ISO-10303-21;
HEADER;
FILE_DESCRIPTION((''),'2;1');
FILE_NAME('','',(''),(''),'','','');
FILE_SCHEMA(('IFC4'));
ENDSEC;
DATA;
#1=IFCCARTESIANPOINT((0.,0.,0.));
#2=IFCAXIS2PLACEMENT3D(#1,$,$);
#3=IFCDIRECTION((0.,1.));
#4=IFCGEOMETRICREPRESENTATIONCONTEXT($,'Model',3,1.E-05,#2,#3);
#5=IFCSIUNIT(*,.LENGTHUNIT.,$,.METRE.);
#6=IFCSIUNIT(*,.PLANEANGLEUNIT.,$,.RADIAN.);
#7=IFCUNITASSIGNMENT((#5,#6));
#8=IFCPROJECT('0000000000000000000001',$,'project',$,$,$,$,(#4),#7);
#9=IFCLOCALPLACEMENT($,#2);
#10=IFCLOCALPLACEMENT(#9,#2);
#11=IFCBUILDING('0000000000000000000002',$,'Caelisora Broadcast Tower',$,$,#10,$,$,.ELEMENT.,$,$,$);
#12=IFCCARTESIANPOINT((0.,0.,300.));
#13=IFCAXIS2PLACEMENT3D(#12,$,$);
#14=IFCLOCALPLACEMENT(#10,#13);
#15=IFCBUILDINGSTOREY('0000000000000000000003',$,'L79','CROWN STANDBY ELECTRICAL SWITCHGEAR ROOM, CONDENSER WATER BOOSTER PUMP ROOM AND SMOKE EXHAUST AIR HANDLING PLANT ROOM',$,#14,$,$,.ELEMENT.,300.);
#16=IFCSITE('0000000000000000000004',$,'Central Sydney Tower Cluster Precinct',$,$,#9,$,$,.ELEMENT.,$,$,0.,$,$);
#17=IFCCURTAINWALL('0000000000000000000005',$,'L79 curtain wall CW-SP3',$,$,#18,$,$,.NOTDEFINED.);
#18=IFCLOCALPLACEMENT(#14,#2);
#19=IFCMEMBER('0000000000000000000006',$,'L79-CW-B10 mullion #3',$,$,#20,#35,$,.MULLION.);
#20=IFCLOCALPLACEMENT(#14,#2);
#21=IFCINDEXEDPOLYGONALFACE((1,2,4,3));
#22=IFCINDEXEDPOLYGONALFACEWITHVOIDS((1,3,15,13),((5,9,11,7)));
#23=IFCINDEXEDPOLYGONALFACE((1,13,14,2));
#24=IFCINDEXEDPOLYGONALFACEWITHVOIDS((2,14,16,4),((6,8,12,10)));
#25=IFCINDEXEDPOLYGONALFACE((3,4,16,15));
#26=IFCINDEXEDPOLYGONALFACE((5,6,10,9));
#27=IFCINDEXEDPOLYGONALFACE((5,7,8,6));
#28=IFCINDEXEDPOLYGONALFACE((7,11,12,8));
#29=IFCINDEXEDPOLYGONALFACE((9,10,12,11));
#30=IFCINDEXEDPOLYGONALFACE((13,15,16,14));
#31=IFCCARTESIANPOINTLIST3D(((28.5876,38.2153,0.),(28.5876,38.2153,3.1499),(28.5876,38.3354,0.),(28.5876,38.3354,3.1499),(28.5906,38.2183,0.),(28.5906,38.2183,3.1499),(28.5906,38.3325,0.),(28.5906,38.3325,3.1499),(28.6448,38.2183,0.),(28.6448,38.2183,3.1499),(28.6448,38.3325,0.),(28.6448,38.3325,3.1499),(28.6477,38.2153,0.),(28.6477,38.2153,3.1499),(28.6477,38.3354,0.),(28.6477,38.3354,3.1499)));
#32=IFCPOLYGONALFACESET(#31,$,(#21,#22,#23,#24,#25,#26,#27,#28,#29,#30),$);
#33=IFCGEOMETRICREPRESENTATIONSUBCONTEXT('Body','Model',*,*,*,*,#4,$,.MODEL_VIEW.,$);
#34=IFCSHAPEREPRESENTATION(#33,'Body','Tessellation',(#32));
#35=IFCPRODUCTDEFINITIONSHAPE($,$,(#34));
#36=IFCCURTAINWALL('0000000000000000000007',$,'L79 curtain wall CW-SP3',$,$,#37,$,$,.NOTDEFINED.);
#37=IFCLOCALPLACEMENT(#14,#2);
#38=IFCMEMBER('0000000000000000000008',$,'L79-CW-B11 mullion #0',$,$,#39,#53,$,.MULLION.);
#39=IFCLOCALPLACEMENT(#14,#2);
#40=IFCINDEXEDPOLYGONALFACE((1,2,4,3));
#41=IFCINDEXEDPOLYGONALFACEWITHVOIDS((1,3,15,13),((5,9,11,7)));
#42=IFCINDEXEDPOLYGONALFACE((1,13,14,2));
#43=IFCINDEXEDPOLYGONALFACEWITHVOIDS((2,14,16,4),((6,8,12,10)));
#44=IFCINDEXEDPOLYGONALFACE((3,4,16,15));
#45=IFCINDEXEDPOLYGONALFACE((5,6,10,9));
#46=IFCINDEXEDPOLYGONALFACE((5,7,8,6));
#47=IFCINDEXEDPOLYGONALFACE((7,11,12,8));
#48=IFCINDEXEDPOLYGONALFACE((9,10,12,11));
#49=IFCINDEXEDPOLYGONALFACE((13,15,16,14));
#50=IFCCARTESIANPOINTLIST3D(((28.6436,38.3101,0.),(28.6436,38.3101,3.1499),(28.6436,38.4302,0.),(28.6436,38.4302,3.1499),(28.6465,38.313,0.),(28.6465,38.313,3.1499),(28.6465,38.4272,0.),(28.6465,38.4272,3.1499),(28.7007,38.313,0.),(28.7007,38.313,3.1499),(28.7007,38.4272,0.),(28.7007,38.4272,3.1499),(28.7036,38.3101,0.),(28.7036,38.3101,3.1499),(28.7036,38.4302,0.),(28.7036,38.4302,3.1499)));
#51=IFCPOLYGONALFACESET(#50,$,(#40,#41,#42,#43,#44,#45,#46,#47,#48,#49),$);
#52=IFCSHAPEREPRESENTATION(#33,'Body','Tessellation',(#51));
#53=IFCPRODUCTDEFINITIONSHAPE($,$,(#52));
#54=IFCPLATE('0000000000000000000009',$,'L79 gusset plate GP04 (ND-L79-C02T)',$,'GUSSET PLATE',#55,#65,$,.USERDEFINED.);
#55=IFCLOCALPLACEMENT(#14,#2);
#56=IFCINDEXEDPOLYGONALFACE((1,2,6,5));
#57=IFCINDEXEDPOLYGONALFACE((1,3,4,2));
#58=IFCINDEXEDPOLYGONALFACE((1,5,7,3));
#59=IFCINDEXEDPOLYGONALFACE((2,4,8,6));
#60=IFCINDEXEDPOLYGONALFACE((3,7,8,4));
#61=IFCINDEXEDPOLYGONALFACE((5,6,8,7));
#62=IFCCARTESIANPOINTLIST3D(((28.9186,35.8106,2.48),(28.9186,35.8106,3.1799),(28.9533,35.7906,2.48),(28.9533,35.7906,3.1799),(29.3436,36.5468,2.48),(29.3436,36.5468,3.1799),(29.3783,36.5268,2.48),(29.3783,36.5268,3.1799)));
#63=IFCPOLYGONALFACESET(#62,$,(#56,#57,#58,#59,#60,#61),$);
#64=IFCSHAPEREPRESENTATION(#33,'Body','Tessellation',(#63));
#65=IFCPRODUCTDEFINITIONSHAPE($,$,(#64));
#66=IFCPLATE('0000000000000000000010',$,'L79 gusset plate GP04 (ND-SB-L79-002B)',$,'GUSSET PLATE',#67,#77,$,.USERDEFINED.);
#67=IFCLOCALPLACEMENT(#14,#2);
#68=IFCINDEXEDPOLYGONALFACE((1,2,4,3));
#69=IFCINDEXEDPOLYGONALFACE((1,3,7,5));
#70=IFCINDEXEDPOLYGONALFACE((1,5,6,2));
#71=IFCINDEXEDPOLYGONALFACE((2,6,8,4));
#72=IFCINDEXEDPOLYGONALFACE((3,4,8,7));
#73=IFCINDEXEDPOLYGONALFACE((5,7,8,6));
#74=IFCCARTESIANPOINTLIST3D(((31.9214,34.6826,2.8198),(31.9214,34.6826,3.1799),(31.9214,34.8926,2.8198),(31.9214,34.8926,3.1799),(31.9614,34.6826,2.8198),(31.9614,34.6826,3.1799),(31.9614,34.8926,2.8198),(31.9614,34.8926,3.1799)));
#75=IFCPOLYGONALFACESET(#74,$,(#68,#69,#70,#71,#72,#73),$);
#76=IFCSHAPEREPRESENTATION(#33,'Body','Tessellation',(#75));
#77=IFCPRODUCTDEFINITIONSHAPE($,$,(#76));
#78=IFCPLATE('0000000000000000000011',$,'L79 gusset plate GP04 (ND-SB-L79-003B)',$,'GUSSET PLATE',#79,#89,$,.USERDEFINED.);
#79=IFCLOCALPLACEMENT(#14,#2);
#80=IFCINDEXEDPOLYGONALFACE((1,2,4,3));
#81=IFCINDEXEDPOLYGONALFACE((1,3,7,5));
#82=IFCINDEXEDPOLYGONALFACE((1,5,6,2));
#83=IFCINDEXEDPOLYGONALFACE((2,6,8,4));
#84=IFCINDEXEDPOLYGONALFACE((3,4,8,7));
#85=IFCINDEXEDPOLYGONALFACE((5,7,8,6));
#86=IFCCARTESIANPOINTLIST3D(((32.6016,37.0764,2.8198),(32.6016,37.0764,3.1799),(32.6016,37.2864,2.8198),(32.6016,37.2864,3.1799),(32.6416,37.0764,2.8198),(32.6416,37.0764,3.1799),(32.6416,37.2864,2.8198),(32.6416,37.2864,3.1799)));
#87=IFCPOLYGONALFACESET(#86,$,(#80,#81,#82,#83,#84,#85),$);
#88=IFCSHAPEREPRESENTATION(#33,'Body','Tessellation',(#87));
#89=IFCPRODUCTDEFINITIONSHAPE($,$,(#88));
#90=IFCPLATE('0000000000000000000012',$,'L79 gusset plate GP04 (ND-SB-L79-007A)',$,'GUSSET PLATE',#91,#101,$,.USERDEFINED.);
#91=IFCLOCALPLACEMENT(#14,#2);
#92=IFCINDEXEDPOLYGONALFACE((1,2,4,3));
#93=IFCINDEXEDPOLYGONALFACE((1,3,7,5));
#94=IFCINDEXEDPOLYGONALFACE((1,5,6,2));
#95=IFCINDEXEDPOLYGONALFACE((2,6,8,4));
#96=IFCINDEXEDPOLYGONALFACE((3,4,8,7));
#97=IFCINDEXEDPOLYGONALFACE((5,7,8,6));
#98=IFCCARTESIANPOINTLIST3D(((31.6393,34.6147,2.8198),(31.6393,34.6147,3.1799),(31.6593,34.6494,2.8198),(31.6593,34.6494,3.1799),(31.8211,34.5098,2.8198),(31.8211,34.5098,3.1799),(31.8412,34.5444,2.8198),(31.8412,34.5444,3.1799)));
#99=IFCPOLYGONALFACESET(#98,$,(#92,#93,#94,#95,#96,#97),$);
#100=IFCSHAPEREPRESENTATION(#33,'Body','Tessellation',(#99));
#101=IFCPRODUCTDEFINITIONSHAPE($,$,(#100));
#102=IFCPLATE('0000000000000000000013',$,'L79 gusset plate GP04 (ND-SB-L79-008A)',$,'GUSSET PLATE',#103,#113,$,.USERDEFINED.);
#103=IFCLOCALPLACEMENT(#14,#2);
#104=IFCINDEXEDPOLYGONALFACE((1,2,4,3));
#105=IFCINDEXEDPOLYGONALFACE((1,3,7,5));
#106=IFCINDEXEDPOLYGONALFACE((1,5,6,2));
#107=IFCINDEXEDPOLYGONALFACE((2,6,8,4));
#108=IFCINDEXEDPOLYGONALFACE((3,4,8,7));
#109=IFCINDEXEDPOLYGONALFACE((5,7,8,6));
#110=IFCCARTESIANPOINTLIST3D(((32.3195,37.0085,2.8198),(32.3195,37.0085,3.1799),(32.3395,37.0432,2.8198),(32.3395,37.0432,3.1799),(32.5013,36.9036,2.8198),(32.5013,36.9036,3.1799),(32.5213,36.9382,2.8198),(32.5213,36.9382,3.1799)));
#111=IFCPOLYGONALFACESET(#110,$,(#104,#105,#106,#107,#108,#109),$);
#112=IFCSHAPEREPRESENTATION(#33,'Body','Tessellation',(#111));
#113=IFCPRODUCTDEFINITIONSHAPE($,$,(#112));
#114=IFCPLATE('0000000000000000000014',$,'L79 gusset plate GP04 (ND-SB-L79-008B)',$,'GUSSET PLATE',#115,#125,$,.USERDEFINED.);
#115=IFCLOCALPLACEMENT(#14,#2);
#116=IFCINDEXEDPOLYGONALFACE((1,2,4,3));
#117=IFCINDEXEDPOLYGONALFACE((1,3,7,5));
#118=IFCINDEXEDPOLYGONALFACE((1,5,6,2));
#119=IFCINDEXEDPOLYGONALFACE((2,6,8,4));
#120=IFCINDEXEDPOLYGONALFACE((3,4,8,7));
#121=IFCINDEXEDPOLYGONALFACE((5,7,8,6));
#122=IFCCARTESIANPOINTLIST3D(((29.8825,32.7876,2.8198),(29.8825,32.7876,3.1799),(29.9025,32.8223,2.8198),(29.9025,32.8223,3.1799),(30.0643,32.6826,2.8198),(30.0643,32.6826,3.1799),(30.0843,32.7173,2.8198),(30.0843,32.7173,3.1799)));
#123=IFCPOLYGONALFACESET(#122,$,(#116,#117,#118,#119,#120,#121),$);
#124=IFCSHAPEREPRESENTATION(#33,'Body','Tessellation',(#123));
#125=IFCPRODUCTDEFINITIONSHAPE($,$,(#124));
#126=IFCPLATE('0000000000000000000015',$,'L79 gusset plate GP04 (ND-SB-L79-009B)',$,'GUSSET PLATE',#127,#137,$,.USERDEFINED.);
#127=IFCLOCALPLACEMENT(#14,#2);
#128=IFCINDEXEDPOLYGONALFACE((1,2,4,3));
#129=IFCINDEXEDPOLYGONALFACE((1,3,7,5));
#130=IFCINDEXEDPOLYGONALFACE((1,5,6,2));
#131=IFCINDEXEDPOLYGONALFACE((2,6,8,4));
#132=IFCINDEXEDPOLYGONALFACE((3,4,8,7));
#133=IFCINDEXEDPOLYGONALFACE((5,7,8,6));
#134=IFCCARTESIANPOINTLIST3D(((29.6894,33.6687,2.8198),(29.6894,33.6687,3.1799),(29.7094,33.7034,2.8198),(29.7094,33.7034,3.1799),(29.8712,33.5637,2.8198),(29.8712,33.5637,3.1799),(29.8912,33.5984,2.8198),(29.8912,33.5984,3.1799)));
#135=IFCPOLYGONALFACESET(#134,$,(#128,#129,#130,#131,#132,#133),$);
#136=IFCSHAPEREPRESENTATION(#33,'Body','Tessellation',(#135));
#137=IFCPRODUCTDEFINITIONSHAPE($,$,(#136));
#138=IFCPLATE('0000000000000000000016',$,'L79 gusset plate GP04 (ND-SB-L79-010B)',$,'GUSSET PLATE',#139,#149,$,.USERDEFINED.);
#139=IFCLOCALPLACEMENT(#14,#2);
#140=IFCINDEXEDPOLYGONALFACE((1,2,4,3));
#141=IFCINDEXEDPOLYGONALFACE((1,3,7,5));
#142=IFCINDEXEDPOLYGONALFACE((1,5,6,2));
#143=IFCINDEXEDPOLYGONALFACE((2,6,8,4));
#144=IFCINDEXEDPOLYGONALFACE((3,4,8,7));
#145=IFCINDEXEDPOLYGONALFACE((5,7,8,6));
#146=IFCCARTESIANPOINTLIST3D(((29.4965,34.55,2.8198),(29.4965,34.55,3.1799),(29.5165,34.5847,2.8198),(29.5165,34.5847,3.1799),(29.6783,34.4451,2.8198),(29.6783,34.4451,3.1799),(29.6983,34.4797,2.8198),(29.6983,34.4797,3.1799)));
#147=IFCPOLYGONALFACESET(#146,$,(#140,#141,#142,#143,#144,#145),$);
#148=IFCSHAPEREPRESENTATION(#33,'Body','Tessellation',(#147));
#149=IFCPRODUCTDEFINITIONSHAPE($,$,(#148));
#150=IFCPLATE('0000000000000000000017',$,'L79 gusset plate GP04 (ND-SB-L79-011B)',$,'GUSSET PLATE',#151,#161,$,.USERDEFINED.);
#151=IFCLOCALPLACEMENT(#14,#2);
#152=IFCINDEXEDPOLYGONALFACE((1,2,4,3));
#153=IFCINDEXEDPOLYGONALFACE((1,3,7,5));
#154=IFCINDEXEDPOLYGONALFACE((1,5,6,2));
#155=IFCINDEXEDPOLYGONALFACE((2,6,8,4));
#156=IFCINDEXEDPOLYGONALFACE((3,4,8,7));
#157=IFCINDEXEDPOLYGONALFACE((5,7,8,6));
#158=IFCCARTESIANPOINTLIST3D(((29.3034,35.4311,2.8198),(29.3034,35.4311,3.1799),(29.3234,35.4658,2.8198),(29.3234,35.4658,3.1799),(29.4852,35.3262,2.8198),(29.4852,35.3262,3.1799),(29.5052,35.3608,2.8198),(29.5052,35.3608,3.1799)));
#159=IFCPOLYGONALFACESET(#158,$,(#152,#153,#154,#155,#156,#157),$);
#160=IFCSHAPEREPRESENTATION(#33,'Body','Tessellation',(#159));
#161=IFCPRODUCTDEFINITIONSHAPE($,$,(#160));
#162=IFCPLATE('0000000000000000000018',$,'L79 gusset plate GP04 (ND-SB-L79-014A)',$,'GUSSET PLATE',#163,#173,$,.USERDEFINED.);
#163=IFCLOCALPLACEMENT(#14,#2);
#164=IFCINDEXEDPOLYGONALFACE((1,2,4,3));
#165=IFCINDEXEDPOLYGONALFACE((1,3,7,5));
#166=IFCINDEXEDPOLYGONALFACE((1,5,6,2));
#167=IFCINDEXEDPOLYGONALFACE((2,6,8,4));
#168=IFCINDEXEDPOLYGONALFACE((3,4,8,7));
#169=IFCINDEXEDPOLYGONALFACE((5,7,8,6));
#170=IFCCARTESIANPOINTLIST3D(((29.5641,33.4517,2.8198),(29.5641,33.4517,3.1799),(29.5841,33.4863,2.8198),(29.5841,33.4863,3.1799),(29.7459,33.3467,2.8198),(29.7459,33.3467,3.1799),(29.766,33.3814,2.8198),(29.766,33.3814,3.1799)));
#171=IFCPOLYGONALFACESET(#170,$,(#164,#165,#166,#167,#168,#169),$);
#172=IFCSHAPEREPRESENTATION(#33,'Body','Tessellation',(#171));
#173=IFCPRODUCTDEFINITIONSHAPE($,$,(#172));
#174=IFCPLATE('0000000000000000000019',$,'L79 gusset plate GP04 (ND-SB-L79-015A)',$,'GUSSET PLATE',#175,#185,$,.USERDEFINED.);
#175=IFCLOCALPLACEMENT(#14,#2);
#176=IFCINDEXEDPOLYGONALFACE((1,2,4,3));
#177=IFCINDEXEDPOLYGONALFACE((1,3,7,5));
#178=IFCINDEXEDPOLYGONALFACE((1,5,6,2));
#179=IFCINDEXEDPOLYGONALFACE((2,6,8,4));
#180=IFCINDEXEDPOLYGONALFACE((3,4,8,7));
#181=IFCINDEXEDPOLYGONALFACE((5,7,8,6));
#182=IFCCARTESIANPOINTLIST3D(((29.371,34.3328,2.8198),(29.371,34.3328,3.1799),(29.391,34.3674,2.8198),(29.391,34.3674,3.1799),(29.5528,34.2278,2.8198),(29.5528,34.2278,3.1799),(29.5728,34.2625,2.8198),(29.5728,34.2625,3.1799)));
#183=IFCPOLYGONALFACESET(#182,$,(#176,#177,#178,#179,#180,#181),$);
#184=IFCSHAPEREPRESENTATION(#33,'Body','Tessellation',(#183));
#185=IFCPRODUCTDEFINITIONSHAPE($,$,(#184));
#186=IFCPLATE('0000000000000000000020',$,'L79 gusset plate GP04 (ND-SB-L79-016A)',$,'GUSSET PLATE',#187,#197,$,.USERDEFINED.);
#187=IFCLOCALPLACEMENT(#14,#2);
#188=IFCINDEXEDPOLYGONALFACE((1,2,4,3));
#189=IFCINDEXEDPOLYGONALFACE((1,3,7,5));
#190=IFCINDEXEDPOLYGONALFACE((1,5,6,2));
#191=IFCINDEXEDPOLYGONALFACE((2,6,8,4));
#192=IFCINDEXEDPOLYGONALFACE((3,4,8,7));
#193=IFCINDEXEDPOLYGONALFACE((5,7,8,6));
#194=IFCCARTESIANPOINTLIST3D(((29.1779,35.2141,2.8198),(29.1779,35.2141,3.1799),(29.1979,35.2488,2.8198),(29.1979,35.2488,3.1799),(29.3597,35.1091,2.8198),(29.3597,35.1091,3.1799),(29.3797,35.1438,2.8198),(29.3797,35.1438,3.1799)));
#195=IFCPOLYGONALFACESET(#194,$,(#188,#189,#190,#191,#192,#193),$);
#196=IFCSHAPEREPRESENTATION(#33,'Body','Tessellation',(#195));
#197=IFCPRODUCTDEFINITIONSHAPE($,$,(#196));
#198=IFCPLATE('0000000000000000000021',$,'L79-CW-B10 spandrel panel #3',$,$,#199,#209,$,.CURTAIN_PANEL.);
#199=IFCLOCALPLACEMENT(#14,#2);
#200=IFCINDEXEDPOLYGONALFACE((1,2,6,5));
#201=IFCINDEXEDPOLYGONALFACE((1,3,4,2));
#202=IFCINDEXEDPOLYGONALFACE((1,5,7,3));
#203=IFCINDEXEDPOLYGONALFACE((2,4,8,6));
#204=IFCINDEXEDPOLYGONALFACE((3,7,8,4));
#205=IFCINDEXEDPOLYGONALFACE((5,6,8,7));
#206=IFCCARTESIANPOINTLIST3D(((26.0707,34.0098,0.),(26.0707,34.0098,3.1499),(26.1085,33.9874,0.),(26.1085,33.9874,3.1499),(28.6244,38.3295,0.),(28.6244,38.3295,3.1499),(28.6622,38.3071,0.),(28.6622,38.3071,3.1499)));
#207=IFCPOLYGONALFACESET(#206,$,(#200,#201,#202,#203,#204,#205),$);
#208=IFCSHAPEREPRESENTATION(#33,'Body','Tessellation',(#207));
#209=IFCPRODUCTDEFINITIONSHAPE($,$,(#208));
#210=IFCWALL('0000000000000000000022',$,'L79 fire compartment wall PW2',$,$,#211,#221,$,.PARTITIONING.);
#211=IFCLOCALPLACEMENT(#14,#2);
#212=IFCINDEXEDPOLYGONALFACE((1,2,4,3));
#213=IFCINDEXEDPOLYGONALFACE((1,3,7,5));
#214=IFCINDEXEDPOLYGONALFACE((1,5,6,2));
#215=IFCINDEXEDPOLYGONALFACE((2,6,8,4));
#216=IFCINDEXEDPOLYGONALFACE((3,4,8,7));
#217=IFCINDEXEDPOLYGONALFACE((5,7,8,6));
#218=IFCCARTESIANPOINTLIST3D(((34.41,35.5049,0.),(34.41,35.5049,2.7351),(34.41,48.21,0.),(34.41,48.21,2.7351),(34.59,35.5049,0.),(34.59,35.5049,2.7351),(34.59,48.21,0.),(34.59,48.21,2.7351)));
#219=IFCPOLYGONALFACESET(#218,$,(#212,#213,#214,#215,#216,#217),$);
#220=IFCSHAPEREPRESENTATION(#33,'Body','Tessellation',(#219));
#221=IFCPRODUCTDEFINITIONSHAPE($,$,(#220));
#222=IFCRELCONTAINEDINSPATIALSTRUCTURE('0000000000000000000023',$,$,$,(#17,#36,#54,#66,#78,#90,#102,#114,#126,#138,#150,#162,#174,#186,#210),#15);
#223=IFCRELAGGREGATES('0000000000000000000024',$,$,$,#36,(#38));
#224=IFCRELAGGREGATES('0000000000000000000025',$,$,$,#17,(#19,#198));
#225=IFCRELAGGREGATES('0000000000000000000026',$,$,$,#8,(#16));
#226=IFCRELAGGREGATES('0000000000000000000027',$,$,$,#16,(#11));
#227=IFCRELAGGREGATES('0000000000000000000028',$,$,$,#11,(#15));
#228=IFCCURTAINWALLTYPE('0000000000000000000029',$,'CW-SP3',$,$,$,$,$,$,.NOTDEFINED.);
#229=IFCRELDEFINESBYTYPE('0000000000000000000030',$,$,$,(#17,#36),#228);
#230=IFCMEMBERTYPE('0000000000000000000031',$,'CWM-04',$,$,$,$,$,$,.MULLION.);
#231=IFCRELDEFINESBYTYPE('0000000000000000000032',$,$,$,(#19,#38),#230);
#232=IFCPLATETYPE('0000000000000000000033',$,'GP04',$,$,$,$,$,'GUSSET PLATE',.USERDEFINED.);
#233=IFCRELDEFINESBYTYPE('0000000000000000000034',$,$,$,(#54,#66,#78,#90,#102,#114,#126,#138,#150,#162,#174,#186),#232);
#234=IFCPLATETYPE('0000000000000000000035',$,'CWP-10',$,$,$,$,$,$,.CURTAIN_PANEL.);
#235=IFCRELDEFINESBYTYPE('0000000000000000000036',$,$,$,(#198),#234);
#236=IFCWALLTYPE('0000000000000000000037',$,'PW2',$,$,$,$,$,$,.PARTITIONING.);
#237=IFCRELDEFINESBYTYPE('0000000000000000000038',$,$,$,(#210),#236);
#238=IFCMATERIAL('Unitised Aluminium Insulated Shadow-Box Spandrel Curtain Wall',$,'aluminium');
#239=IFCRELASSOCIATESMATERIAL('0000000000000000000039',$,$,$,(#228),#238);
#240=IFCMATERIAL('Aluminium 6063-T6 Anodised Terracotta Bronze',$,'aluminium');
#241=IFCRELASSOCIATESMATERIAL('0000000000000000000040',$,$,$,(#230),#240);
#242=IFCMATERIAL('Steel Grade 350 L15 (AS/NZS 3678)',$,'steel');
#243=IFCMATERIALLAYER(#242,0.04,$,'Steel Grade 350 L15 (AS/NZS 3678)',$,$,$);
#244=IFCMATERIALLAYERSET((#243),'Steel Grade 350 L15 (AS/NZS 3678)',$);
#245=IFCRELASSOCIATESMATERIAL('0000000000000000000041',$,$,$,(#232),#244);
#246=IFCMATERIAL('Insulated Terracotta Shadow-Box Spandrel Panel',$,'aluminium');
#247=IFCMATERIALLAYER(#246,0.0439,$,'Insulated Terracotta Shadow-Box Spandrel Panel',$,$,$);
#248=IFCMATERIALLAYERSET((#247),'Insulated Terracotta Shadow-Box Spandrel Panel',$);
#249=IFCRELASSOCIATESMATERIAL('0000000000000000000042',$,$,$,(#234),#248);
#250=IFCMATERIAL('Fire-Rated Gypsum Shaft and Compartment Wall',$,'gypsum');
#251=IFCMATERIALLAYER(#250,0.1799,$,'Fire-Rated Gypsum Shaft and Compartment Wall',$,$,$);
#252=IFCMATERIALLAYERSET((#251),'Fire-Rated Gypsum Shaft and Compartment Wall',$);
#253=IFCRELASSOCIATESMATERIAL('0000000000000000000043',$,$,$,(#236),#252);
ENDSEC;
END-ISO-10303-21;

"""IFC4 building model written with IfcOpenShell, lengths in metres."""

from ifc_helpers import new_model, si_unit, direction, frame, frame_2d, origin, origin_2d, place, context, subcontext, project, spatial, rectangle, hollow_rectangle, extrude, source, transform, mapped, material, layer, layer_set, material_profile, profile_set, type_object, type_shapes, element, aggregate, save


model = new_model("IFC4")

# Units and contexts
model_context = context("Model", 3, precision=1e-05, world=origin(), true_north=direction((0.0, 1.0)))
body_context = subcontext(model_context, "Body", "Model", "MODEL_VIEW")
ifc_project = project(units=[si_unit("LENGTHUNIT", "METRE"), si_unit("PLANEANGLEUNIT", "RADIAN")], contexts=[model_context])

# Site, building, storey
site_placement = place(None, origin())
site = spatial("IfcSite", under=ifc_project, at=site_placement, Name="Central Sydney Tower Cluster Precinct", CompositionType="ELEMENT", RefElevation=0.0)
building_placement = place(site_placement, origin())
building = spatial("IfcBuilding", under=site, at=building_placement, Name="Caelisora Broadcast Tower", CompositionType="ELEMENT")
storey_placement = place(building_placement, frame((0.0, 0.0, 300.0)))
storey = spatial("IfcBuildingStorey", under=building, at=storey_placement, Name="L79", Description="CROWN STANDBY ELECTRICAL SWITCHGEAR ROOM, CONDENSER WATER BOOSTER PUMP ROOM AND SMOKE EXHAUST AIR HANDLING PLANT ROOM", CompositionType="ELEMENT", Elevation=300.0)

# Curtain wall, member
ifc_material_1 = material(Name="Unitised Aluminium Insulated Shadow-Box Spandrel Curtain Wall", Category="aluminium")
curtain_wall_type = type_object("IfcCurtainWallType", Name="CW-SP3", PredefinedType="NOTDEFINED", material=ifc_material_1)
curtain_wall_1_placement = place(storey_placement, origin())
curtain_wall_1 = element("IfcCurtainWall", 1, at=curtain_wall_1_placement, inside=storey, type_object=curtain_wall_type, Name="L79 curtain wall CW-SP3", PredefinedType="NOTDEFINED")
ifc_material_2 = material(Name="Aluminium 6063-T6 Anodised Terracotta Bronze", Category="aluminium")
ifc_material_profile_1 = material_profile(ifc_material_2, hollow_rectangle(XDim=0.0601, YDim=0.1201, WallThickness=0.0029, at=origin_2d()), Name="Aluminium 6063-T6 Anodised Terracotta Bronze")
ifc_profile_set_1 = profile_set([ifc_material_profile_1], Name="Aluminium 6063-T6 Anodised Terracotta Bronze")
member_type_1 = type_object("IfcMemberType", Name="CWM-04", PredefinedType="MULLION", material=ifc_profile_set_1)
shared_shape_1 = source(origin(), body_context, "Body", "SweptSolid", [
    extrude(hollow_rectangle(XDim=0.0601, YDim=0.1201, WallThickness=0.0029, at=origin_2d()), origin(), (0.0, 0.0, 1.0), 3.1499),
])
type_shapes(member_type_1, [shared_shape_1])
member_1_placement = place(storey_placement, frame((28.6177, 38.2754, 0.0), z_axis=(0.0, 0.0, 1.0), x_axis=(1.0, 0.0, 0.0)))
member_1 = element("IfcMember", 2, at=member_1_placement, type_object=member_type_1, Name="L79-CW-B10 mullion #3", PredefinedType="MULLION", context=body_context, shape_type="MappedRepresentation", body=[
    mapped(shared_shape_1, transform((0.0, 0.0, 0.0), scale=1.0)),
])

# Curtain wall, member
curtain_wall_2_placement = place(storey_placement, origin())
curtain_wall_2 = element("IfcCurtainWall", 3, at=curtain_wall_2_placement, inside=storey, type_object=curtain_wall_type, Name="L79 curtain wall CW-SP3", PredefinedType="NOTDEFINED")
member_2_placement = place(storey_placement, frame((28.6736, 38.3701, 0.0), z_axis=(0.0, 0.0, 1.0), x_axis=(1.0, 0.0, 0.0)))
member_2 = element("IfcMember", 4, at=member_2_placement, type_object=member_type_1, Name="L79-CW-B11 mullion #0", PredefinedType="MULLION", context=body_context, shape_type="MappedRepresentation", body=[
    mapped(shared_shape_1, transform((0.0, 0.0, 0.0), scale=1.0)),
])
aggregate(curtain_wall_2, [member_2])

# Plates
ifc_material_3 = material(Name="Steel Grade 350 L15 (AS/NZS 3678)", Category="steel")
ifc_layer_1 = layer(ifc_material_3, 0.04, Name="Steel Grade 350 L15 (AS/NZS 3678)")
ifc_layer_set_1 = layer_set([ifc_layer_1], Name="Steel Grade 350 L15 (AS/NZS 3678)")
plate_type_1 = type_object("IfcPlateType", Name="GP04", ElementType="GUSSET PLATE", PredefinedType="USERDEFINED", material=ifc_layer_set_1)
shared_shape_2 = source(origin(), body_context, "Body", "SweptSolid", [
    extrude(rectangle(XDim=0.8501, YDim=0.04, at=origin_2d()), origin(), (0.0, 0.0, 1.0), 0.7),
])
plate_1_placement = place(storey_placement, frame((29.1484, 36.1687, 2.48), z_axis=(0.0, 0.0, 1.0), x_axis=(-0.5, -0.866025, 0.0)))
element("IfcPlate", 5, at=plate_1_placement, inside=storey, type_object=plate_type_1, Name="L79 gusset plate GP04 (ND-L79-C02T)", ObjectType="GUSSET PLATE", PredefinedType="USERDEFINED", context=body_context, shape_type="MappedRepresentation", body=[
    mapped(shared_shape_2, transform((0.0, 0.0, 0.0), scale=1.0)),
])
shared_shape_3 = source(origin(), body_context, "Body", "SweptSolid", [
    extrude(rectangle(XDim=0.21, YDim=0.04, at=origin_2d()), origin(), (0.0, 0.0, 1.0), 0.3601),
])
type_shapes(plate_type_1, [shared_shape_2, shared_shape_3])
for number, where, z_axis, x_axis, name in (
    (6, (31.9414, 34.7876, 2.8198), (0.0, 0.0, 1.0), (0.0, -1.0, 0.0), "L79 gusset plate GP04 (ND-SB-L79-002B)"),
    (7, (32.6216, 37.1814, 2.8198), (0.0, 0.0, 1.0), (0.0, -1.0, 0.0), "L79 gusset plate GP04 (ND-SB-L79-003B)"),
    (8, (31.7402, 34.5796, 2.8198), (0.0, 0.0, 1.0), (0.866025, -0.5, 0.0), "L79 gusset plate GP04 (ND-SB-L79-007A)"),
    (9, (32.4204, 36.9734, 2.8198), (0.0, 0.0, 1.0), (0.866025, -0.5, 0.0), "L79 gusset plate GP04 (ND-SB-L79-008A)"),
    (10, (29.9834, 32.7524, 2.8198), (0.0, 0.0, 1.0), (0.866025, -0.5, 0.0), "L79 gusset plate GP04 (ND-SB-L79-008B)"),
    (11, (29.7903, 33.6335, 2.8198), (0.0, 0.0, 1.0), (0.866025, -0.5, 0.0), "L79 gusset plate GP04 (ND-SB-L79-009B)"),
    (12, (29.5974, 34.5149, 2.8198), (0.0, 0.0, 1.0), (0.866025, -0.5, 0.0), "L79 gusset plate GP04 (ND-SB-L79-010B)"),
    (13, (29.4043, 35.396, 2.8198), (0.0, 0.0, 1.0), (0.866025, -0.5, 0.0), "L79 gusset plate GP04 (ND-SB-L79-011B)"),
    (14, (29.665, 33.4165, 2.8198), (0.0, 0.0, 1.0), (0.866025, -0.5, 0.0), "L79 gusset plate GP04 (ND-SB-L79-014A)"),
    (15, (29.4719, 34.2976, 2.8198), (0.0, 0.0, 1.0), (0.866025, -0.5, 0.0), "L79 gusset plate GP04 (ND-SB-L79-015A)"),
    (16, (29.2788, 35.179, 2.8198), (0.0, 0.0, 1.0), (0.866025, -0.5, 0.0), "L79 gusset plate GP04 (ND-SB-L79-016A)"),
):
    element("IfcPlate", number, at=place(storey_placement, frame(where, z_axis=z_axis, x_axis=x_axis)), inside=storey, type_object=plate_type_1, Name=name, ObjectType="GUSSET PLATE", PredefinedType="USERDEFINED", context=body_context, shape_type="MappedRepresentation", body=[
        mapped(shared_shape_3, transform((0.0, 0.0, 0.0), scale=1.0)),
    ])

# Plate
ifc_material_4 = material(Name="Insulated Terracotta Shadow-Box Spandrel Panel", Category="aluminium")
ifc_layer_2 = layer(ifc_material_4, 0.0439, Name="Insulated Terracotta Shadow-Box Spandrel Panel")
ifc_layer_set_2 = layer_set([ifc_layer_2], Name="Insulated Terracotta Shadow-Box Spandrel Panel")
plate_type_2 = type_object("IfcPlateType", Name="CWP-10", PredefinedType="CURTAIN_PANEL", material=ifc_layer_set_2)
shared_shape_4 = source(origin(), body_context, "Body", "SweptSolid", [
    extrude(rectangle(XDim=5.0181, YDim=0.0439, at=origin_2d()), origin(), (0.0, 0.0, 1.0), 3.1499),
])
type_shapes(plate_type_2, [shared_shape_4])
plate_2_placement = place(storey_placement, frame((27.3665, 36.1584, 0.0), z_axis=(0.0, 0.0, 1.0), x_axis=(0.508891, 0.860831, 0.0)))
plate_2 = element("IfcPlate", 17, at=plate_2_placement, type_object=plate_type_2, Name="L79-CW-B10 spandrel panel #3", PredefinedType="CURTAIN_PANEL", context=body_context, shape_type="MappedRepresentation", body=[
    mapped(shared_shape_4, transform((0.0, 0.0, 0.0), scale=1.0)),
])
aggregate(curtain_wall_1, [member_1, plate_2])

# Wall
ifc_material_5 = material(Name="Fire-Rated Gypsum Shaft and Compartment Wall", Category="gypsum")
ifc_layer_3 = layer(ifc_material_5, 0.1799, Name="Fire-Rated Gypsum Shaft and Compartment Wall")
ifc_layer_set_3 = layer_set([ifc_layer_3], Name="Fire-Rated Gypsum Shaft and Compartment Wall")
wall_type = type_object("IfcWallType", Name="PW2", PredefinedType="PARTITIONING", material=ifc_layer_set_3)
wall_1_placement = place(storey_placement, frame((34.5, 35.5049, 0.0), z_axis=(0.0, 0.0, 1.0), x_axis=(0.0, 1.0, 0.0)))
element("IfcWall", 18, at=wall_1_placement, inside=storey, type_object=wall_type, Name="L79 fire compartment wall PW2", PredefinedType="PARTITIONING", context=body_context, shape_type="SweptSolid", body=[
    extrude(rectangle(XDim=12.7051, YDim=0.1799, at=frame_2d((6.3525, 0.0))), origin(), (0.0, 0.0, 1.0), 2.7351),
])

save(model, "model.ifc")
